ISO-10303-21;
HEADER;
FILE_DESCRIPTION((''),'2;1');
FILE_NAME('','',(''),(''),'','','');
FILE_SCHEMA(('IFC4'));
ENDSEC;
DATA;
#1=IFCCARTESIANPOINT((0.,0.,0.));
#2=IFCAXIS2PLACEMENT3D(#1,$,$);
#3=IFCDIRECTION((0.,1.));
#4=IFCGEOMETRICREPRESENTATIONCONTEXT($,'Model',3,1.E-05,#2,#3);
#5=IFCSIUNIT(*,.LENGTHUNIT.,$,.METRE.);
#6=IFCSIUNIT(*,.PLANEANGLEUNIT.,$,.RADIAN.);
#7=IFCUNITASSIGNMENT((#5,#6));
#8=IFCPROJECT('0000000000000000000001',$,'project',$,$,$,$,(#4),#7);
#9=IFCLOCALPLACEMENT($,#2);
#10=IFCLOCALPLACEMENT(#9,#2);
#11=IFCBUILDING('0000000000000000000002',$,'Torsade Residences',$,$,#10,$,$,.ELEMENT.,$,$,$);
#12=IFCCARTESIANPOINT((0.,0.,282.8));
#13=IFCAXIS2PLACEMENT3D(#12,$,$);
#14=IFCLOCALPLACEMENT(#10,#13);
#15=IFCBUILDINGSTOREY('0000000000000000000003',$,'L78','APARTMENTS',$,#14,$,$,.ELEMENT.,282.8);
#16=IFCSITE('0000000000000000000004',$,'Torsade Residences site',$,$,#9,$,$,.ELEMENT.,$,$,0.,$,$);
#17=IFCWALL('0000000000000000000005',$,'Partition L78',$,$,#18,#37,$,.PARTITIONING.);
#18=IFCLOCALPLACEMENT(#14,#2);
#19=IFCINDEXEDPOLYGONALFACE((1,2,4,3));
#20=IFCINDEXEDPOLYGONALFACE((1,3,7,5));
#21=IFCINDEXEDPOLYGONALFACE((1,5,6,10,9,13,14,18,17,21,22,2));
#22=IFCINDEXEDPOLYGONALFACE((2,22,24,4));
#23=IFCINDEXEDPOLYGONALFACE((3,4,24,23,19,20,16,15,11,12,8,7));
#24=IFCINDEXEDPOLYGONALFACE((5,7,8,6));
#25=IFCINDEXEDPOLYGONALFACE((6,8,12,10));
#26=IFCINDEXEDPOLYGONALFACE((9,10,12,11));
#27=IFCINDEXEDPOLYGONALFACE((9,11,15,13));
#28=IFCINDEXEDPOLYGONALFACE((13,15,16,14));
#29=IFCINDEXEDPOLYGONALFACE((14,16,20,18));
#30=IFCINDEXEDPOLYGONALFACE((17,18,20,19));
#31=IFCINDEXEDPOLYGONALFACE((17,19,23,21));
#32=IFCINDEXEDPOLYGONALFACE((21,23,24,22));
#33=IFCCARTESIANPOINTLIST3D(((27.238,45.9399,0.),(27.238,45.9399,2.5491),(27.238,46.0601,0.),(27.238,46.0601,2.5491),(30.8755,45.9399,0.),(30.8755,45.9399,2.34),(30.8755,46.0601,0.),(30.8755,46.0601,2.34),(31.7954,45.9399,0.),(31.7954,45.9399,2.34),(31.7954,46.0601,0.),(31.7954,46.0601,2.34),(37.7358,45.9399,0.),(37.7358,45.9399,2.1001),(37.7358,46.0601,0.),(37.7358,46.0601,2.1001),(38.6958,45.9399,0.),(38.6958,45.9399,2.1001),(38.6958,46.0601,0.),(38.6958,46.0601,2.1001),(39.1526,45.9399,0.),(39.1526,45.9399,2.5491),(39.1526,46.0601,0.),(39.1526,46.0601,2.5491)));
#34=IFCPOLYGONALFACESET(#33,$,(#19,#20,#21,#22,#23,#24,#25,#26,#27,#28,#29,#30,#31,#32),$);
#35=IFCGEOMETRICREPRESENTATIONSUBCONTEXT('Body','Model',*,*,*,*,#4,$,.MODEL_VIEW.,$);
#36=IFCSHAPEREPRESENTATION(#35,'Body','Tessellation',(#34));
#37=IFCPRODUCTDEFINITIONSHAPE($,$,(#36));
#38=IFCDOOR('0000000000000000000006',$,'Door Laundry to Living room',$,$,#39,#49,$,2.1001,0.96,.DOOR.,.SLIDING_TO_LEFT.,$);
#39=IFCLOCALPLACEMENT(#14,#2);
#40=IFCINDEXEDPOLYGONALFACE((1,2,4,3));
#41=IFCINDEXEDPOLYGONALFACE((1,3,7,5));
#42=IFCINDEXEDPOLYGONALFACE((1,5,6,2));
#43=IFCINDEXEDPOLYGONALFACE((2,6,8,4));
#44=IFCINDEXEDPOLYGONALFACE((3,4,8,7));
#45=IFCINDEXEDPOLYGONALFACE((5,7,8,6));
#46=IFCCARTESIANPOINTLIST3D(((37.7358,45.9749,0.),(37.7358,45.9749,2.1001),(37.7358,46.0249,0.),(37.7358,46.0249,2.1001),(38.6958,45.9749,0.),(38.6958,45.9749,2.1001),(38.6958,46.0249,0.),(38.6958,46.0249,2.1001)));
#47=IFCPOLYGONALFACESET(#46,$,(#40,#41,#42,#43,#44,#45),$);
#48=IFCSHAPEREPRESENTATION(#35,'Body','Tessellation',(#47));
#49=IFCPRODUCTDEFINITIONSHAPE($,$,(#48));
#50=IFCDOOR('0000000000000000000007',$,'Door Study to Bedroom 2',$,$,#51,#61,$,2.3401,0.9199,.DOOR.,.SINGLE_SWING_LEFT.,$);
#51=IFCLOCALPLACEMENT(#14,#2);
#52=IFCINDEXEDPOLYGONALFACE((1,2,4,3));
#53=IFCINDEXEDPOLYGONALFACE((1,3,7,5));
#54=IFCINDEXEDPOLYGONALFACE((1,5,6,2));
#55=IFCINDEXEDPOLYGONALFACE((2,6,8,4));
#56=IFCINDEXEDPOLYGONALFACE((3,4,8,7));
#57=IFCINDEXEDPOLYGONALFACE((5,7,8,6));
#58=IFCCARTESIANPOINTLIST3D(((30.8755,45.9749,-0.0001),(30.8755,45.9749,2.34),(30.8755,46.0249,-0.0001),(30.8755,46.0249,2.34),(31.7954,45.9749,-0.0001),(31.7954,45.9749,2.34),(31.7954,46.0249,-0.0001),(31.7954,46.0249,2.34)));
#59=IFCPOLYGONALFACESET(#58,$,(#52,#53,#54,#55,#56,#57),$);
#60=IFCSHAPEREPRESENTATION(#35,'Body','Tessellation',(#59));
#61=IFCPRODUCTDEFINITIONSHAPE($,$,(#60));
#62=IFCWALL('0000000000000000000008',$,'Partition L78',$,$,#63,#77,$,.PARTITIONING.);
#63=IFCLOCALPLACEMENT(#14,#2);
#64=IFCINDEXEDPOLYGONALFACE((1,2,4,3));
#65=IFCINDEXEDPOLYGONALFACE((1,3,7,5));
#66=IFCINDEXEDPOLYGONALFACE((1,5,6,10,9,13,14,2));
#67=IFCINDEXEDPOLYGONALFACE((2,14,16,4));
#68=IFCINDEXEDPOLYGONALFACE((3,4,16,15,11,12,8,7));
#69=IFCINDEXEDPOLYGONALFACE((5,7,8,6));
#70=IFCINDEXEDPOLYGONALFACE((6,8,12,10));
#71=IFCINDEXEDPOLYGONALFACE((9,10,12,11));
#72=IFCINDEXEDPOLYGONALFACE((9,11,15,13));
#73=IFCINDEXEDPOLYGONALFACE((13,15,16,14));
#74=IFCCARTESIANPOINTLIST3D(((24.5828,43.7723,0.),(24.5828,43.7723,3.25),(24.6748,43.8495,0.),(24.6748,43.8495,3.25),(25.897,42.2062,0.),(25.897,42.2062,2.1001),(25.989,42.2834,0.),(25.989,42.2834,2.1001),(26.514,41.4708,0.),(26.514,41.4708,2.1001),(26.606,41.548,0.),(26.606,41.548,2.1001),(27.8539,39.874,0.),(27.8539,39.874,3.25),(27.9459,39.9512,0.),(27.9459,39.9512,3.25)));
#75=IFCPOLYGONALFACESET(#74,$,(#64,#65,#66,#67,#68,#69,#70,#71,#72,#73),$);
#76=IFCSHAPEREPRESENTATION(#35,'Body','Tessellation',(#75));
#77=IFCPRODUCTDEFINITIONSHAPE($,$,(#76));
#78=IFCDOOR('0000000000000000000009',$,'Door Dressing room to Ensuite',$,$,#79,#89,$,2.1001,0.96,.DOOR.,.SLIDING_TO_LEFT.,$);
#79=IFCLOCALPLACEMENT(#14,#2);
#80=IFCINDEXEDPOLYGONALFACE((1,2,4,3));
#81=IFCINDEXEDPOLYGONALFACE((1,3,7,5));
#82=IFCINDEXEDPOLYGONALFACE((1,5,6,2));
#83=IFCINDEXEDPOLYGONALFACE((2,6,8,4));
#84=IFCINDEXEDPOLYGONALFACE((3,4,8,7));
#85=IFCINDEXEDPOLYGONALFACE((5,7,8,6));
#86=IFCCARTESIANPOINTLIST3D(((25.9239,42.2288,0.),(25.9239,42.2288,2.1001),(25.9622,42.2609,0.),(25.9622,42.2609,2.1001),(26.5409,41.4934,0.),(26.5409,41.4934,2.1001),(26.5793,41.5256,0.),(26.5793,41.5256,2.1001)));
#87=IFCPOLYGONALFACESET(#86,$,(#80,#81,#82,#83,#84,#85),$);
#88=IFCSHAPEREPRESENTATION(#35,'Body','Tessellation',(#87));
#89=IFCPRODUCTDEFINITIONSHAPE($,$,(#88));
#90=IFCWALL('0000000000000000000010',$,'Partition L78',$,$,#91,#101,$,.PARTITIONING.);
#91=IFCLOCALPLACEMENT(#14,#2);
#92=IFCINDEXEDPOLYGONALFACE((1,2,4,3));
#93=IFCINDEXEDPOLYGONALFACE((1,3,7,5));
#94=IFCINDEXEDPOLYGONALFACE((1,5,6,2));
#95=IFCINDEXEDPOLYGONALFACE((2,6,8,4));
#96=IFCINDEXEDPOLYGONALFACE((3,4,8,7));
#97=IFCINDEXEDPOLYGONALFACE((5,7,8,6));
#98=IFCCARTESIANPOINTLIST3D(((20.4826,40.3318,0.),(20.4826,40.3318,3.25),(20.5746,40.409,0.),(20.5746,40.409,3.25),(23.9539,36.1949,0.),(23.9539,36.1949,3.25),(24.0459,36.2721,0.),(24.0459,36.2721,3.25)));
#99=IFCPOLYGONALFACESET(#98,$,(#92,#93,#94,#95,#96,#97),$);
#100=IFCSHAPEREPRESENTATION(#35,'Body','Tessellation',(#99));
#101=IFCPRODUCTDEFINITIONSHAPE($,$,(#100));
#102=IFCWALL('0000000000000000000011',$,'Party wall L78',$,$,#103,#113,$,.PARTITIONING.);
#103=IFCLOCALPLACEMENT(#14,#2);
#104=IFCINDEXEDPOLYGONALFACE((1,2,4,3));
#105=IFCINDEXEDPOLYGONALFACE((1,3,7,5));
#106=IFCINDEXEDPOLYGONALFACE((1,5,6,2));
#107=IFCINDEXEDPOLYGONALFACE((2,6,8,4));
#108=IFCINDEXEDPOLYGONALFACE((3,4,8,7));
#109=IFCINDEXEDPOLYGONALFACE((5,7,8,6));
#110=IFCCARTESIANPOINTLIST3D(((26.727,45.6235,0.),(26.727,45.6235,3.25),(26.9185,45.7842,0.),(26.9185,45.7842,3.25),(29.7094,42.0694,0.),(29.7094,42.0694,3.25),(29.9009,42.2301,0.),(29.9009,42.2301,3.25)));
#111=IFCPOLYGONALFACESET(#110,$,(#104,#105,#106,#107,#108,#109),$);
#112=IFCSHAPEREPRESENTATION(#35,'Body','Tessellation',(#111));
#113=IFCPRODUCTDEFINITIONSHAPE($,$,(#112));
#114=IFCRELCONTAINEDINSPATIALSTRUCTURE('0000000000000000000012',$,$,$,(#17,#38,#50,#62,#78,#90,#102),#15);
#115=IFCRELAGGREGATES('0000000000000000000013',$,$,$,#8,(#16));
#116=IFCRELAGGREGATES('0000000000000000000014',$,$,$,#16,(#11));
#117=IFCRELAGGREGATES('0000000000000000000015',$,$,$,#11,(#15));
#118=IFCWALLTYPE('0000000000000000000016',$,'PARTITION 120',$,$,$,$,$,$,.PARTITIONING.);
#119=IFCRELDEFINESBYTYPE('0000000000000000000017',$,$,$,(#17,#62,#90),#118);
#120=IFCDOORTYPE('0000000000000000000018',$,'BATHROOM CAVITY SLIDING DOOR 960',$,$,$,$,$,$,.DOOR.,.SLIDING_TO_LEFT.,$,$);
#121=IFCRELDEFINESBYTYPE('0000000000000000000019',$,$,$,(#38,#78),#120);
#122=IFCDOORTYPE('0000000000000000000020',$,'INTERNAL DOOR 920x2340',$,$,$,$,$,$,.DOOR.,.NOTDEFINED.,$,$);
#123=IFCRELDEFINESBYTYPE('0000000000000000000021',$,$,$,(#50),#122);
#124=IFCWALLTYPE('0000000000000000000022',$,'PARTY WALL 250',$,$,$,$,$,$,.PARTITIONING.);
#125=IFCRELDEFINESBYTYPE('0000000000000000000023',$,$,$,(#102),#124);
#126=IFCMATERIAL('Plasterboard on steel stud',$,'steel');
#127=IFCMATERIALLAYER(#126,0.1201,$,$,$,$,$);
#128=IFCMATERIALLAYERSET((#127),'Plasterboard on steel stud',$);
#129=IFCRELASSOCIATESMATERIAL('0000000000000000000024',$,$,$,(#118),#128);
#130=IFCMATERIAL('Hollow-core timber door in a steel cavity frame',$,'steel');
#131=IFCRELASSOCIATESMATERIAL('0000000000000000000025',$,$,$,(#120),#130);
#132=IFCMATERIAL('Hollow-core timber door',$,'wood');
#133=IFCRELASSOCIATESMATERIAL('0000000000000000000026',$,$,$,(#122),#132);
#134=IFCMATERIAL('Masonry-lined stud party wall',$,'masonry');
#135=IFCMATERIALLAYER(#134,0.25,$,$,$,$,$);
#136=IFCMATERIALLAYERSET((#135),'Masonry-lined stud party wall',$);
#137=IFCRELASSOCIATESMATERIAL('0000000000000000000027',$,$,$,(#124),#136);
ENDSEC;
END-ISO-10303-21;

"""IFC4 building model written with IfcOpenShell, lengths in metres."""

from ifc_helpers import new_model, si_unit, direction, frame, frame_2d, origin, place, context, subcontext, project, spatial, rectangle, extrude, material, layer, layer_set, type_object, element, fill, save


model = new_model("IFC4")

# Units and contexts
model_context = context("Model", 3, precision=1e-05, world=origin(), true_north=direction((0.0, 1.0)))
body_context = subcontext(model_context, "Body", "Model", "MODEL_VIEW")
ifc_project = project(units=[si_unit("LENGTHUNIT", "METRE"), si_unit("PLANEANGLEUNIT", "RADIAN")], contexts=[model_context])

# Site, building, storey
site_placement = place(None, origin())
site = spatial("IfcSite", under=ifc_project, at=site_placement, Name="Torsade Residences site", CompositionType="ELEMENT", RefElevation=0.0)
building_placement = place(site_placement, origin())
building = spatial("IfcBuilding", under=site, at=building_placement, Name="Torsade Residences", CompositionType="ELEMENT")
storey_placement = place(building_placement, frame((0.0, 0.0, 282.8)))
storey = spatial("IfcBuildingStorey", under=building, at=storey_placement, Name="L78", Description="APARTMENTS", CompositionType="ELEMENT", Elevation=282.8)

# Wall, openings, doors
ifc_material_1 = material(Name="Plasterboard on steel stud", Category="steel")
ifc_layer_1 = layer(ifc_material_1, 0.1201)
ifc_layer_set_1 = layer_set([ifc_layer_1], Name="Plasterboard on steel stud")
wall_type_1 = type_object("IfcWallType", Name="PARTITION 120", PredefinedType="PARTITIONING", material=ifc_layer_set_1)
wall_1_placement = place(storey_placement, frame((27.238, 46.0, 0.0), z_axis=(0.0, 0.0, 1.0), x_axis=(1.0, 0.0, 0.0)))
wall_1 = element("IfcWall", 1, at=wall_1_placement, inside=storey, type_object=wall_type_1, Name="Partition L78", PredefinedType="PARTITIONING", context=body_context, shape_type="SweptSolid", body=[
    extrude(rectangle(XDim=11.9146, YDim=0.1201, at=frame_2d((5.9573, 0.0))), origin(), (0.0, 0.0, 1.0), 2.5491),
])
opening_1_placement = place(wall_1_placement, frame((3.6375, 0.0, 0.0)))
opening_1 = element("IfcOpeningElement", 2, at=opening_1_placement, cuts=wall_1, PredefinedType="OPENING", context=body_context, shape_type="SweptSolid", body=[
    extrude(rectangle(XDim=0.9199, YDim=2.3401, at=frame_2d((0.46, 1.1699))), frame((0.0, 0.0701, 0.0), z_axis=(0.0, -1.0, 0.0), x_axis=(1.0, 0.0, 0.0)), (0.0, 0.0, 1.0), 0.1401),
])
opening_2_placement = place(wall_1_placement, frame((10.4978, 0.0, 0.0)))
opening_2 = element("IfcOpeningElement", 3, at=opening_2_placement, cuts=wall_1, PredefinedType="OPENING", context=body_context, shape_type="SweptSolid", body=[
    extrude(rectangle(XDim=0.96, YDim=2.1001, at=frame_2d((0.48, 1.05))), frame((0.0, 0.0701, 0.0), z_axis=(0.0, -1.0, 0.0), x_axis=(1.0, 0.0, 0.0)), (0.0, 0.0, 1.0), 0.1401),
])
ifc_material_2 = material(Name="Hollow-core timber door in a steel cavity frame", Category="steel")
door_type_1 = type_object("IfcDoorType", Name="BATHROOM CAVITY SLIDING DOOR 960", OperationType="SLIDING_TO_LEFT", PredefinedType="DOOR", material=ifc_material_2)
door_1_placement = place(opening_2_placement, origin())
door_1 = element("IfcDoor", 4, at=door_1_placement, inside=storey, type_object=door_type_1, Name="Door Laundry to Living room", OperationType="SLIDING_TO_LEFT", OverallHeight=2.1001, OverallWidth=0.96, PredefinedType="DOOR", context=body_context, shape_type="SweptSolid", body=[
    extrude(rectangle(XDim=0.96, YDim=2.1001, at=frame_2d((0.48, 1.05))), frame((0.0, 0.0249, 0.0), z_axis=(0.0, -1.0, 0.0), x_axis=(1.0, 0.0, 0.0)), (0.0, 0.0, 1.0), 0.05),
])
fill(opening_2, door_1)
ifc_material_3 = material(Name="Hollow-core timber door", Category="wood")
door_type_2 = type_object("IfcDoorType", Name="INTERNAL DOOR 920x2340", OperationType="NOTDEFINED", PredefinedType="DOOR", material=ifc_material_3)
door_2_placement = place(opening_1_placement, origin())
door_2 = element("IfcDoor", 5, at=door_2_placement, inside=storey, type_object=door_type_2, Name="Door Study to Bedroom 2", OperationType="SINGLE_SWING_LEFT", OverallHeight=2.3401, OverallWidth=0.9199, PredefinedType="DOOR", context=body_context, shape_type="SweptSolid", body=[
    extrude(rectangle(XDim=0.9199, YDim=2.3401, at=frame_2d((0.46, 1.1699))), frame((0.0, 0.0249, 0.0), z_axis=(0.0, -1.0, 0.0), x_axis=(1.0, 0.0, 0.0)), (0.0, 0.0, 1.0), 0.05),
])
fill(opening_1, door_2)

# Wall, opening, door
wall_2_placement = place(storey_placement, frame((27.8999, 39.9126, 0.0), z_axis=(0.0, 0.0, 1.0), x_axis=(-0.64279, 0.766042, 0.0)))
wall_2 = element("IfcWall", 6, at=wall_2_placement, inside=storey, type_object=wall_type_1, Name="Partition L78", PredefinedType="PARTITIONING", context=body_context, shape_type="SweptSolid", body=[
    extrude(rectangle(XDim=5.0889, YDim=0.1201, at=frame_2d((2.5444, 0.0))), origin(), (0.0, 0.0, 1.0), 3.25),
])
opening_3_placement = place(wall_2_placement, frame((2.0845, 0.0, 0.0)))
opening_3 = element("IfcOpeningElement", 7, at=opening_3_placement, cuts=wall_2, PredefinedType="OPENING", context=body_context, shape_type="SweptSolid", body=[
    extrude(rectangle(XDim=0.96, YDim=2.1001, at=frame_2d((0.48, 1.05))), frame((0.0, 0.0701, 0.0), z_axis=(0.0, -1.0, 0.0), x_axis=(1.0, 0.0, 0.0)), (0.0, 0.0, 1.0), 0.1401),
])
door_3_placement = place(opening_3_placement, origin())
door_3 = element("IfcDoor", 8, at=door_3_placement, inside=storey, type_object=door_type_1, Name="Door Dressing room to Ensuite", OperationType="SLIDING_TO_LEFT", OverallHeight=2.1001, OverallWidth=0.96, PredefinedType="DOOR", context=body_context, shape_type="SweptSolid", body=[
    extrude(rectangle(XDim=0.96, YDim=2.1001, at=frame_2d((0.48, 1.05))), frame((0.0, 0.0249, 0.0), z_axis=(0.0, -1.0, 0.0), x_axis=(1.0, 0.0, 0.0)), (0.0, 0.0, 1.0), 0.05),
])
fill(opening_3, door_3)

# Walls
wall_3_placement = place(storey_placement, frame((20.5286, 40.3704, 0.0), z_axis=(0.0, 0.0, 1.0), x_axis=(0.6428, -0.766034, 0.0)))
element("IfcWall", 9, at=wall_3_placement, inside=storey, type_object=wall_type_1, Name="Partition L78", PredefinedType="PARTITIONING", context=body_context, shape_type="SweptSolid", body=[
    extrude(rectangle(XDim=5.4004, YDim=0.1201, at=frame_2d((2.7002, 0.0))), origin(), (0.0, 0.0, 1.0), 3.25),
])
ifc_material_4 = material(Name="Masonry-lined stud party wall", Category="masonry")
ifc_layer_2 = layer(ifc_material_4, 0.25)
ifc_layer_set_2 = layer_set([ifc_layer_2], Name="Masonry-lined stud party wall")
wall_type_2 = type_object("IfcWallType", Name="PARTY WALL 250", PredefinedType="PARTITIONING", material=ifc_layer_set_2)
wall_4_placement = place(storey_placement, frame((26.8228, 45.7039, 0.0), z_axis=(0.0, 0.0, 1.0), x_axis=(0.6428, -0.766034, 0.0)))
element("IfcWall", 10, at=wall_4_placement, inside=storey, type_object=wall_type_2, Name="Party wall L78", PredefinedType="PARTITIONING", context=body_context, shape_type="SweptSolid", body=[
    extrude(rectangle(XDim=4.6396, YDim=0.25, at=frame_2d((2.3198, 0.0))), origin(), (0.0, 0.0, 1.0), 3.25),
])

save(model, "model.ifc")
